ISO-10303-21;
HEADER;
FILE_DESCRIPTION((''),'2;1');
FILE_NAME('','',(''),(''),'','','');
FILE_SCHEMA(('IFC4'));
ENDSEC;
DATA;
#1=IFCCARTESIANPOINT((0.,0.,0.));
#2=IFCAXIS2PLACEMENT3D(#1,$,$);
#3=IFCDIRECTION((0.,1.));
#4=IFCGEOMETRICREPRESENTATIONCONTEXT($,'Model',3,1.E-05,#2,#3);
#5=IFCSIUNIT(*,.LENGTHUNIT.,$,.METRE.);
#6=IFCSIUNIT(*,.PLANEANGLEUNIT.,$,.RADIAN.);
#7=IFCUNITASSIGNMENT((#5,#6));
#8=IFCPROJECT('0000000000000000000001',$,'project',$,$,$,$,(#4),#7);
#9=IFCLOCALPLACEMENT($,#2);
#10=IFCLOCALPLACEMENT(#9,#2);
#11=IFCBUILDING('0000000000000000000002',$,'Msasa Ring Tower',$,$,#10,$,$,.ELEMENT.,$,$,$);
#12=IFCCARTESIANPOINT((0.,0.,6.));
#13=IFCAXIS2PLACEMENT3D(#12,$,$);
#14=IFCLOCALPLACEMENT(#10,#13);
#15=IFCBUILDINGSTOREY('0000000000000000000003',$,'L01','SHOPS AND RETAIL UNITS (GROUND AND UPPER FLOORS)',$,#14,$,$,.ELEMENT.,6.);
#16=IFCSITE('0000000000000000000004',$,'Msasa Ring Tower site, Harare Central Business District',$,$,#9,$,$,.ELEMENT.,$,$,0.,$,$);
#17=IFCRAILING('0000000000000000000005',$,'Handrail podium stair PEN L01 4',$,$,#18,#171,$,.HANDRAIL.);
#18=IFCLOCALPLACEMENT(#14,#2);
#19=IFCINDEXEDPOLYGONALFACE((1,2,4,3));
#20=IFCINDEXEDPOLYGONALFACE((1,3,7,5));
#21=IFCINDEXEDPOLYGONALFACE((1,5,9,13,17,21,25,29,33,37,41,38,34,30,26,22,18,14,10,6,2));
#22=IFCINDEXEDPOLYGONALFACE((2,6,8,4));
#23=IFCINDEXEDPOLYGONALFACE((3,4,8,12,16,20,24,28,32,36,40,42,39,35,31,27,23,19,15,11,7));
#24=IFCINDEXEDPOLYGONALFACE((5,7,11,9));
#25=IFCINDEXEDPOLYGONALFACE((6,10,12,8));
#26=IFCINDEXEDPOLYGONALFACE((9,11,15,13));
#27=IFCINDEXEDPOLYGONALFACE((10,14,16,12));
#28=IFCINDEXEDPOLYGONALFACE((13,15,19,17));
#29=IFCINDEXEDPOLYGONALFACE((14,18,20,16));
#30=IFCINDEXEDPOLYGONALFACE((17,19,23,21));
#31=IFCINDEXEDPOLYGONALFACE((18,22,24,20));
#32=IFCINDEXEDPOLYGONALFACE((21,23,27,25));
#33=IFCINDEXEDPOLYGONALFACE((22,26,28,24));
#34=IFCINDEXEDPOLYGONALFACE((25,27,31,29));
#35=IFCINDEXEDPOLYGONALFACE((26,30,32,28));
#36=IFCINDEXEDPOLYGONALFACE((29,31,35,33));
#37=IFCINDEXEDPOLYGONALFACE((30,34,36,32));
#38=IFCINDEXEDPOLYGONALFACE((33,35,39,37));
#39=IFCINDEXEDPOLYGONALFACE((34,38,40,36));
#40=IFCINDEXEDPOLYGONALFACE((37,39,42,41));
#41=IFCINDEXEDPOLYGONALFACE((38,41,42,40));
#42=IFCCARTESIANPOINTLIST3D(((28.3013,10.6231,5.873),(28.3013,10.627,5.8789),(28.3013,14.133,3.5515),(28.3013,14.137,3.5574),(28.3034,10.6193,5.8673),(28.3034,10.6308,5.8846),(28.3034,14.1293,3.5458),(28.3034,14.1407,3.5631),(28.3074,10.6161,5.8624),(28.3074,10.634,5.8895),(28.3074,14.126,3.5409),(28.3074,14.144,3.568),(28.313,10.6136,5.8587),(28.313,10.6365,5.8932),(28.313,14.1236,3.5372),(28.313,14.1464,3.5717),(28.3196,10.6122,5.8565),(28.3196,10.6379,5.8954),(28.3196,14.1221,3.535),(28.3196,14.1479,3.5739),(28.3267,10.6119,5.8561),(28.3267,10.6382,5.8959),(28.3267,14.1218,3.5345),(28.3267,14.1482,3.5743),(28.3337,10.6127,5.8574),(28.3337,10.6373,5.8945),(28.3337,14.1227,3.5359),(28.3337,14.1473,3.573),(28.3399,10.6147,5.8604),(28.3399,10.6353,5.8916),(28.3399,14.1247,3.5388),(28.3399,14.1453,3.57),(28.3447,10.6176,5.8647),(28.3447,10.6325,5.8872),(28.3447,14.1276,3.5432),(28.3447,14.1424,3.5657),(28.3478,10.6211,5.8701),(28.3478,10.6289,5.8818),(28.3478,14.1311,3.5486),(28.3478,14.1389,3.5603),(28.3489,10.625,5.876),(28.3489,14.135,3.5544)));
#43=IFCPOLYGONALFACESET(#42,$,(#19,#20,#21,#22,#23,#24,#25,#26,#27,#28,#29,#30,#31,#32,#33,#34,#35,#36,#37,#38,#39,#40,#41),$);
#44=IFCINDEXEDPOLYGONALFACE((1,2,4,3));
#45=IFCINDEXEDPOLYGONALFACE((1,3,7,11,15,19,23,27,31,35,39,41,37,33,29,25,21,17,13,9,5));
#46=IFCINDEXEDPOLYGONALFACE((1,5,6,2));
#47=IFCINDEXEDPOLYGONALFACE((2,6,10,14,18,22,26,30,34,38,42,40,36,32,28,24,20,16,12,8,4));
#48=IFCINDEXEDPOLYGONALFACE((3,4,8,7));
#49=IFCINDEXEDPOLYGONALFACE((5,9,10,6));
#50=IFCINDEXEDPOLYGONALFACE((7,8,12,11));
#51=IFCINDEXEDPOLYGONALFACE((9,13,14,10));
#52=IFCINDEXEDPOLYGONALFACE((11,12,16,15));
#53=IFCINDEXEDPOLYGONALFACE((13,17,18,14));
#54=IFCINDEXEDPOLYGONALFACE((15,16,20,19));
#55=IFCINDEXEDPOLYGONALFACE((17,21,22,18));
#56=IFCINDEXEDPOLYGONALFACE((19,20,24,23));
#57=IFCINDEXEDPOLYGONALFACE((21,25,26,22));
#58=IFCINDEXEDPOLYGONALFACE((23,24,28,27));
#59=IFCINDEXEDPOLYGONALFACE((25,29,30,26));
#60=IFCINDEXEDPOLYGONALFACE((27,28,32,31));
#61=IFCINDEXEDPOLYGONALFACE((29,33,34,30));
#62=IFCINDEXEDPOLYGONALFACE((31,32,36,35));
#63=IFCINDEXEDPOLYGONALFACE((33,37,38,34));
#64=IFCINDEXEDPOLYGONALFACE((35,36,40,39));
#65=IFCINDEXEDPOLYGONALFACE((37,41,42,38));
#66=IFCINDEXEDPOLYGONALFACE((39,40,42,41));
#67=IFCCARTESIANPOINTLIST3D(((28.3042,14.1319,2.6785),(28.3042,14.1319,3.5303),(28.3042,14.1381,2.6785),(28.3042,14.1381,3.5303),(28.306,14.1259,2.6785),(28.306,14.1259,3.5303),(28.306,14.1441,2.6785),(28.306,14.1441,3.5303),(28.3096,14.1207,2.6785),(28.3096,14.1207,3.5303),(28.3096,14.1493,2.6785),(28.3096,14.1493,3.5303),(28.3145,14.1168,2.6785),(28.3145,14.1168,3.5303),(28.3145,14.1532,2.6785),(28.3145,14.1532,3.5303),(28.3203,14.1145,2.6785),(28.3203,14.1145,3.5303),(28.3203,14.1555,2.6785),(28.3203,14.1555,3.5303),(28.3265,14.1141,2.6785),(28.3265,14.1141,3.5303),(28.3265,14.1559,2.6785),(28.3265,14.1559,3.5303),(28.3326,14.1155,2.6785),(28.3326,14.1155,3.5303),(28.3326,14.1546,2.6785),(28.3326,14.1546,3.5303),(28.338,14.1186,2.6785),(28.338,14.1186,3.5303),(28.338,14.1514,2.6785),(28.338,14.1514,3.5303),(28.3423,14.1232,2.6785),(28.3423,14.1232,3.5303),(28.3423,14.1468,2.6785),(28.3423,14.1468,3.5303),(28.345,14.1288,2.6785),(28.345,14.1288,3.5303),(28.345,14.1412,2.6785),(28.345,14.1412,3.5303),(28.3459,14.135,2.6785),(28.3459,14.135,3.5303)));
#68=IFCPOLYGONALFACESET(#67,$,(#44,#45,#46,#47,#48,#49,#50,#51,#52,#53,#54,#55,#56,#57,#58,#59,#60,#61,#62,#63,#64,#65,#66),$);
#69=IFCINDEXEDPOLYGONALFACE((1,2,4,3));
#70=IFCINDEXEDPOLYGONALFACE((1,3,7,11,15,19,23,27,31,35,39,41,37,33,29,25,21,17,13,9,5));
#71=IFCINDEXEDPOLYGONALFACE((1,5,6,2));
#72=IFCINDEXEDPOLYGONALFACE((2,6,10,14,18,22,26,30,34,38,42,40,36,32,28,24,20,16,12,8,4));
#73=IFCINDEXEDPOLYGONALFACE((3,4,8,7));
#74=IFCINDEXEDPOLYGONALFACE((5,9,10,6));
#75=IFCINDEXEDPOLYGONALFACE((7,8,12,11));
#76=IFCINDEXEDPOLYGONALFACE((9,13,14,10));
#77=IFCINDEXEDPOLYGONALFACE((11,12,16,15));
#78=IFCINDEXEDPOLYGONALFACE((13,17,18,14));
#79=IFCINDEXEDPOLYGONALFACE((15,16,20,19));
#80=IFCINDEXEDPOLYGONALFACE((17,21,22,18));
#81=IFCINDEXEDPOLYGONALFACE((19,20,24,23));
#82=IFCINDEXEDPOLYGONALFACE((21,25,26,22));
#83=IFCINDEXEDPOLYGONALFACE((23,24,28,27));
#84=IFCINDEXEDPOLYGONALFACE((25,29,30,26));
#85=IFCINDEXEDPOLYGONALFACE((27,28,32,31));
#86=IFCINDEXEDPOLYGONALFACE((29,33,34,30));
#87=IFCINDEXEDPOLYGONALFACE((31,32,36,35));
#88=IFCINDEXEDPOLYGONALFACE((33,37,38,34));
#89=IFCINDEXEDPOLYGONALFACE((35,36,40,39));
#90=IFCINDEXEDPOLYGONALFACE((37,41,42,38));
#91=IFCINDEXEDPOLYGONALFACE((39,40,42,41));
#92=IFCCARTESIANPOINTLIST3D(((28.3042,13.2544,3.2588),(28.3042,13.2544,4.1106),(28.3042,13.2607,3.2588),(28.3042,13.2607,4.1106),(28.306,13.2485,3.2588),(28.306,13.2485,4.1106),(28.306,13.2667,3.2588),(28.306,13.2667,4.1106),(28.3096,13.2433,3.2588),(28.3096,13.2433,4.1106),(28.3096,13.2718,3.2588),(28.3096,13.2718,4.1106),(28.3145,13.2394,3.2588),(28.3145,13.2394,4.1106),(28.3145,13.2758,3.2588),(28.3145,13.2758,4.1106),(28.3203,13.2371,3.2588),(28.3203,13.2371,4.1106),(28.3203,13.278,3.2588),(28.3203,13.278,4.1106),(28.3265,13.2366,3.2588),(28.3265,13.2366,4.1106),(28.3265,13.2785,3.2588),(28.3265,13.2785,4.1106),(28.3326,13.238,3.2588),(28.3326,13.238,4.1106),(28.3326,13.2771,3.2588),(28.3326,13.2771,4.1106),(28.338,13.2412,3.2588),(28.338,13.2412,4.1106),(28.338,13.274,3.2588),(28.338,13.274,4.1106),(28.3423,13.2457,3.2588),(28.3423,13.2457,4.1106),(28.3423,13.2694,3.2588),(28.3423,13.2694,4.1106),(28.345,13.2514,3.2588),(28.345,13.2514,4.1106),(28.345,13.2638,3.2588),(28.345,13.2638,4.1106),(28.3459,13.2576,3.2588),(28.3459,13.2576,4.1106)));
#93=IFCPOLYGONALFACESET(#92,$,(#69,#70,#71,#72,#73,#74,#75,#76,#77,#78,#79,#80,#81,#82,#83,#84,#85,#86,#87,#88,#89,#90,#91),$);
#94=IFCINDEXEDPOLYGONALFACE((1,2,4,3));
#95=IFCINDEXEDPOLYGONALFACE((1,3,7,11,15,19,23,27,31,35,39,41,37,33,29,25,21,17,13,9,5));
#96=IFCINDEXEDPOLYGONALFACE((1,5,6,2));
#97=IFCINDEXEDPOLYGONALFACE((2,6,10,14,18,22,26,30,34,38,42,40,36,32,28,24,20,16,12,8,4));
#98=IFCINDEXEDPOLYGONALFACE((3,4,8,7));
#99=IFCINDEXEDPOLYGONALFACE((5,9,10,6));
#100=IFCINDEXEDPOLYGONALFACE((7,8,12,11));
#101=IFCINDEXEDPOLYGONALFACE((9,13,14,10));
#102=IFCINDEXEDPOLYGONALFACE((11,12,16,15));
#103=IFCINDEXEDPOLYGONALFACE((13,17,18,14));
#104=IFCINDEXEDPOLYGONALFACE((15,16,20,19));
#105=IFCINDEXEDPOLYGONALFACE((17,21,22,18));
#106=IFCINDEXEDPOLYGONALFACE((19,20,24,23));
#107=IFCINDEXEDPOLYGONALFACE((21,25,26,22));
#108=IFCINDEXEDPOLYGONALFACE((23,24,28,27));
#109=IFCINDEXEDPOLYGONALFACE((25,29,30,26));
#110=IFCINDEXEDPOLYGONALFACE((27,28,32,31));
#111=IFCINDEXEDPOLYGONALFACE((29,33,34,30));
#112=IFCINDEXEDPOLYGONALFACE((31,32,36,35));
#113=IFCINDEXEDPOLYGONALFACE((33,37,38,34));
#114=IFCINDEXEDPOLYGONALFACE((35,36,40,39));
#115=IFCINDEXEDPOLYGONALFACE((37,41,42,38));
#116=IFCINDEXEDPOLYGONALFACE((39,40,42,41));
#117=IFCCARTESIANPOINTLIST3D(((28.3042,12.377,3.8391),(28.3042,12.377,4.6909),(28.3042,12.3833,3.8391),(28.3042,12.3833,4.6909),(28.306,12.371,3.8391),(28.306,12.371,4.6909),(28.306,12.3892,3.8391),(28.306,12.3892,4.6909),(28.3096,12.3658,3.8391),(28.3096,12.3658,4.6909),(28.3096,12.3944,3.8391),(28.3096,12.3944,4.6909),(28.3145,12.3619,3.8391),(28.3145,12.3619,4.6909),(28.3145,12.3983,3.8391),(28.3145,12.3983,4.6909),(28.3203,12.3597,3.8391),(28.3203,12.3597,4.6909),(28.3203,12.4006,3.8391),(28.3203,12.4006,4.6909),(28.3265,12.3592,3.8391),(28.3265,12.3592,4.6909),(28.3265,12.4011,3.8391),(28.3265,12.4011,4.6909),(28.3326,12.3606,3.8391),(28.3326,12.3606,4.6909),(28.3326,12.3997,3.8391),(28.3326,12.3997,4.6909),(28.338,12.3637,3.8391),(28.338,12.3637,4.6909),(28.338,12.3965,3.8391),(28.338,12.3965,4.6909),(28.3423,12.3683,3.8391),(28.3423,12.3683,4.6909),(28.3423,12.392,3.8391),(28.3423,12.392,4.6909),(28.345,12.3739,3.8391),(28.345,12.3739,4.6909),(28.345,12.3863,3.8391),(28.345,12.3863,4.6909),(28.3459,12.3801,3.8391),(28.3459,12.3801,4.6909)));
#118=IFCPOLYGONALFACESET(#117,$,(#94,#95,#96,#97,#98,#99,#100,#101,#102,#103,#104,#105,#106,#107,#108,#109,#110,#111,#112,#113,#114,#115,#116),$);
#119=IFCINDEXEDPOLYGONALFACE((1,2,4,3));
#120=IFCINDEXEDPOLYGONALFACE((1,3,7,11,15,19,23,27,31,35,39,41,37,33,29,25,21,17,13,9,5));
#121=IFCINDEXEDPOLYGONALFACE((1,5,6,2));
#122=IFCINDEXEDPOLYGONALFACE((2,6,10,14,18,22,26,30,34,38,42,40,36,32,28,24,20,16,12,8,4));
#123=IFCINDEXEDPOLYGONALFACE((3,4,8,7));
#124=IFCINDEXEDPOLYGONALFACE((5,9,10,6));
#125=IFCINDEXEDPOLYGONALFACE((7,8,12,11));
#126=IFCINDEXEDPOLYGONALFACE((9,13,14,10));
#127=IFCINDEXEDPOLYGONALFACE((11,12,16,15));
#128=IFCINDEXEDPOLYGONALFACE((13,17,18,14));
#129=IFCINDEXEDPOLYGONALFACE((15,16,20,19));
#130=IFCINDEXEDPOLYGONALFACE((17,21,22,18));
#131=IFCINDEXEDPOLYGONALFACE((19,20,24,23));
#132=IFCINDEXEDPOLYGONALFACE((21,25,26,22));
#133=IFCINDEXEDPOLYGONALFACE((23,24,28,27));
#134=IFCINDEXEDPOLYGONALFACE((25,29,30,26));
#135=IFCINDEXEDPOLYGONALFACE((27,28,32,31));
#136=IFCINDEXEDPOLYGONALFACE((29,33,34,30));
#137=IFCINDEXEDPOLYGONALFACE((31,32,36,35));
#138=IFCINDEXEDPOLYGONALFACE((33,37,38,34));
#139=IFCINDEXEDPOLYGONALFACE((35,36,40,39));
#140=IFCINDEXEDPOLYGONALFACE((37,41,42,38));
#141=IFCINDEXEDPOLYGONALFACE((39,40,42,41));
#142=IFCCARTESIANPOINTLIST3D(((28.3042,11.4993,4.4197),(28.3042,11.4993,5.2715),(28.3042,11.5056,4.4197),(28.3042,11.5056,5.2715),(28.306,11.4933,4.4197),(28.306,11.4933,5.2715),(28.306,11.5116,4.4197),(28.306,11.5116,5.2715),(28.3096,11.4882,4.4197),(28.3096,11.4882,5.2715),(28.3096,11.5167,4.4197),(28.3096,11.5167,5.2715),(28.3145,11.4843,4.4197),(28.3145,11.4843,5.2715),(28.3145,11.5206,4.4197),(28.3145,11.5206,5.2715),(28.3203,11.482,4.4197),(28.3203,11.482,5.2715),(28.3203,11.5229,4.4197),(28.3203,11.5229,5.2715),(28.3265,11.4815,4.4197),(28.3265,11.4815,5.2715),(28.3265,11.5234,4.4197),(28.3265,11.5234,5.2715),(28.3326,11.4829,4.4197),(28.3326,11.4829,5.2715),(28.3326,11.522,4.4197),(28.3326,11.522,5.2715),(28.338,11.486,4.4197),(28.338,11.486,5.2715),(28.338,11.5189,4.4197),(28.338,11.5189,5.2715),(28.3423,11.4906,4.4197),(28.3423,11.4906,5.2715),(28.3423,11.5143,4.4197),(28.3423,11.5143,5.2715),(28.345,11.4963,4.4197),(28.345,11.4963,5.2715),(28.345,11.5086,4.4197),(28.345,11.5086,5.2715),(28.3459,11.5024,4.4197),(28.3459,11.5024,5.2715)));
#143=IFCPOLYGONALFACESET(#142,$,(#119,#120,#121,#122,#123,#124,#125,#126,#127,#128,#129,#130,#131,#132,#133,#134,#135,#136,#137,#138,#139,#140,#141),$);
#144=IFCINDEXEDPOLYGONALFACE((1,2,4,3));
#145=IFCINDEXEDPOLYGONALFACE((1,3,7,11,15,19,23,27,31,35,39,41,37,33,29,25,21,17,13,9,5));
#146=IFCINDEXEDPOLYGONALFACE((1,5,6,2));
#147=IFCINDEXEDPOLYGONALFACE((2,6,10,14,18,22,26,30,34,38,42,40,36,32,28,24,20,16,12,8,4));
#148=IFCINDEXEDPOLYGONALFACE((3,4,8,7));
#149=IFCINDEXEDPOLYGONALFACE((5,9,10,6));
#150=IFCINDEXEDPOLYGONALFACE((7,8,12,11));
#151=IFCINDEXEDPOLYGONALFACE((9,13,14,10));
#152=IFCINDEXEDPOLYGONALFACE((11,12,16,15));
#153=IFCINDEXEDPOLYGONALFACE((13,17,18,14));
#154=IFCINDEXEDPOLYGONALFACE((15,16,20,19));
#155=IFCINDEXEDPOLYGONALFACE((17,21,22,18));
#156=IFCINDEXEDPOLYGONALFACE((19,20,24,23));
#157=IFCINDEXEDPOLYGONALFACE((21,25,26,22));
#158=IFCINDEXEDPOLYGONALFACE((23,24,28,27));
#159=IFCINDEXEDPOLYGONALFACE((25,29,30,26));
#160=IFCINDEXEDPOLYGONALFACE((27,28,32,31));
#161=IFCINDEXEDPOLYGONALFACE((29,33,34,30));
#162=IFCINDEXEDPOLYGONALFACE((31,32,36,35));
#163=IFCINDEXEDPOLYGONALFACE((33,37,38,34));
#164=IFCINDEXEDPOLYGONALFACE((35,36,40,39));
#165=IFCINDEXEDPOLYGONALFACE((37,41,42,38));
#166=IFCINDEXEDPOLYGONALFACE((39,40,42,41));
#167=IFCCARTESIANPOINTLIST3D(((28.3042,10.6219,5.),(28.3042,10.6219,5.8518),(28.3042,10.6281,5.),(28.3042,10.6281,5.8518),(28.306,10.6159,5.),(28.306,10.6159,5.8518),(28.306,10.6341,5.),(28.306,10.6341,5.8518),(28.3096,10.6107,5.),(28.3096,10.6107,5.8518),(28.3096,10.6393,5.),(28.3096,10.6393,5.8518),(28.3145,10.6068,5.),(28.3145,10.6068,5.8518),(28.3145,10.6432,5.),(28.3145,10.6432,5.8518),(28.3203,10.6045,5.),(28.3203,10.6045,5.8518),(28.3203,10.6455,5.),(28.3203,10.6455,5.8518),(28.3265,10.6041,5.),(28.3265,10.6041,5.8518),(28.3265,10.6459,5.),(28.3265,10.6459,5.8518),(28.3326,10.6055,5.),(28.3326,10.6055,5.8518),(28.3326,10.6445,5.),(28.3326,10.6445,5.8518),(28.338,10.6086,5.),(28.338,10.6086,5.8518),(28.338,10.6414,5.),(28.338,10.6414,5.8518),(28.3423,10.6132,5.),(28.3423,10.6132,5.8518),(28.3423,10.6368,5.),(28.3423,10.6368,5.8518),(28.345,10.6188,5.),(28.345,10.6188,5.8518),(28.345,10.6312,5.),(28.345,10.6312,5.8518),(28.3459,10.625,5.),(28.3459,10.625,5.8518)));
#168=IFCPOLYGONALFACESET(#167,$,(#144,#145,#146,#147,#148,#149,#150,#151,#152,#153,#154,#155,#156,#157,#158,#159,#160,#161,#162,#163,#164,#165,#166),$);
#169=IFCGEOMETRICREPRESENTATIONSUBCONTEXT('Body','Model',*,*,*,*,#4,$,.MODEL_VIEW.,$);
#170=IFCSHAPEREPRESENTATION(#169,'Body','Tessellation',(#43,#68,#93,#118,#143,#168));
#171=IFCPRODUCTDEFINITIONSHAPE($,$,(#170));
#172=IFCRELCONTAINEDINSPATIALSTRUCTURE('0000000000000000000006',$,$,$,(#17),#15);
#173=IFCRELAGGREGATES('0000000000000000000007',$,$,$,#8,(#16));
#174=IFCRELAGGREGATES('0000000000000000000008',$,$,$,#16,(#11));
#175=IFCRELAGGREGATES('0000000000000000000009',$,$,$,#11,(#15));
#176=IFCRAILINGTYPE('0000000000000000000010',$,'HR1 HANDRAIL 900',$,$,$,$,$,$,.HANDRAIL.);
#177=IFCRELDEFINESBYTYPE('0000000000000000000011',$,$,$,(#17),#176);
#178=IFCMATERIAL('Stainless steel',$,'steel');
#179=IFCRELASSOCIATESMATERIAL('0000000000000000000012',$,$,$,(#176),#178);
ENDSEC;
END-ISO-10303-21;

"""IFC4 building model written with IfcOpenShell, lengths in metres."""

from ifc_helpers import new_model, si_unit, direction, frame, origin, origin_2d, place, context, subcontext, project, spatial, circle, extrude, material, type_object, element, save


model = new_model("IFC4")

# Units and contexts
model_context = context("Model", 3, precision=1e-05, world=origin(), true_north=direction((0.0, 1.0)))
body_context = subcontext(model_context, "Body", "Model", "MODEL_VIEW")
ifc_project = project(units=[si_unit("LENGTHUNIT", "METRE"), si_unit("PLANEANGLEUNIT", "RADIAN")], contexts=[model_context])

# Site, building, storey
site_placement = place(None, origin())
site = spatial("IfcSite", under=ifc_project, at=site_placement, Name="Msasa Ring Tower site, Harare Central Business District", CompositionType="ELEMENT", RefElevation=0.0)
building_placement = place(site_placement, origin())
building = spatial("IfcBuilding", under=site, at=building_placement, Name="Msasa Ring Tower", CompositionType="ELEMENT")
storey_placement = place(building_placement, frame((0.0, 0.0, 6.0)))
storey = spatial("IfcBuildingStorey", under=building, at=storey_placement, Name="L01", Description="SHOPS AND RETAIL UNITS (GROUND AND UPPER FLOORS)", CompositionType="ELEMENT", Elevation=6.0)

# Railing
ifc_material_1 = material(Name="Stainless steel", Category="steel")
railing_type = type_object("IfcRailingType", Name="HR1 HANDRAIL 900", PredefinedType="HANDRAIL", material=ifc_material_1)
for number, where, name in (
    (1, (28.325, 14.135, 2.6785), "Handrail podium stair PEN L01 4"),
):
    element("IfcRailing", number, at=place(storey_placement, frame(where)), inside=storey, type_object=railing_type, Name=name, PredefinedType="HANDRAIL", context=body_context, shape_type="SweptSolid", body=[
        extrude(circle(Radius=0.0239, at=origin_2d()), frame((0.0, 0.0, 0.876), z_axis=(0.0, -0.834071, 0.551657), x_axis=(1.0, 0.0, 0.0)), (0.0, 0.0, 1.0), 4.2083),
        extrude(circle(Radius=0.021, at=origin_2d()), origin(), (0.0, 0.0, 1.0), 0.8518),
        extrude(circle(Radius=0.021, at=origin_2d()), frame((0.0, -0.8774, 0.5803)), (0.0, 0.0, 1.0), 0.8518),
        extrude(circle(Radius=0.021, at=origin_2d()), frame((0.0, -1.7549, 1.1606)), (0.0, 0.0, 1.0), 0.8518),
        extrude(circle(Radius=0.021, at=origin_2d()), frame((0.0, -2.6326, 1.7412)), (0.0, 0.0, 1.0), 0.8518),
        extrude(circle(Radius=0.021, at=origin_2d()), frame((0.0, -3.51, 2.3215)), (0.0, 0.0, 1.0), 0.8518),
    ])

save(model, "model.ifc")
